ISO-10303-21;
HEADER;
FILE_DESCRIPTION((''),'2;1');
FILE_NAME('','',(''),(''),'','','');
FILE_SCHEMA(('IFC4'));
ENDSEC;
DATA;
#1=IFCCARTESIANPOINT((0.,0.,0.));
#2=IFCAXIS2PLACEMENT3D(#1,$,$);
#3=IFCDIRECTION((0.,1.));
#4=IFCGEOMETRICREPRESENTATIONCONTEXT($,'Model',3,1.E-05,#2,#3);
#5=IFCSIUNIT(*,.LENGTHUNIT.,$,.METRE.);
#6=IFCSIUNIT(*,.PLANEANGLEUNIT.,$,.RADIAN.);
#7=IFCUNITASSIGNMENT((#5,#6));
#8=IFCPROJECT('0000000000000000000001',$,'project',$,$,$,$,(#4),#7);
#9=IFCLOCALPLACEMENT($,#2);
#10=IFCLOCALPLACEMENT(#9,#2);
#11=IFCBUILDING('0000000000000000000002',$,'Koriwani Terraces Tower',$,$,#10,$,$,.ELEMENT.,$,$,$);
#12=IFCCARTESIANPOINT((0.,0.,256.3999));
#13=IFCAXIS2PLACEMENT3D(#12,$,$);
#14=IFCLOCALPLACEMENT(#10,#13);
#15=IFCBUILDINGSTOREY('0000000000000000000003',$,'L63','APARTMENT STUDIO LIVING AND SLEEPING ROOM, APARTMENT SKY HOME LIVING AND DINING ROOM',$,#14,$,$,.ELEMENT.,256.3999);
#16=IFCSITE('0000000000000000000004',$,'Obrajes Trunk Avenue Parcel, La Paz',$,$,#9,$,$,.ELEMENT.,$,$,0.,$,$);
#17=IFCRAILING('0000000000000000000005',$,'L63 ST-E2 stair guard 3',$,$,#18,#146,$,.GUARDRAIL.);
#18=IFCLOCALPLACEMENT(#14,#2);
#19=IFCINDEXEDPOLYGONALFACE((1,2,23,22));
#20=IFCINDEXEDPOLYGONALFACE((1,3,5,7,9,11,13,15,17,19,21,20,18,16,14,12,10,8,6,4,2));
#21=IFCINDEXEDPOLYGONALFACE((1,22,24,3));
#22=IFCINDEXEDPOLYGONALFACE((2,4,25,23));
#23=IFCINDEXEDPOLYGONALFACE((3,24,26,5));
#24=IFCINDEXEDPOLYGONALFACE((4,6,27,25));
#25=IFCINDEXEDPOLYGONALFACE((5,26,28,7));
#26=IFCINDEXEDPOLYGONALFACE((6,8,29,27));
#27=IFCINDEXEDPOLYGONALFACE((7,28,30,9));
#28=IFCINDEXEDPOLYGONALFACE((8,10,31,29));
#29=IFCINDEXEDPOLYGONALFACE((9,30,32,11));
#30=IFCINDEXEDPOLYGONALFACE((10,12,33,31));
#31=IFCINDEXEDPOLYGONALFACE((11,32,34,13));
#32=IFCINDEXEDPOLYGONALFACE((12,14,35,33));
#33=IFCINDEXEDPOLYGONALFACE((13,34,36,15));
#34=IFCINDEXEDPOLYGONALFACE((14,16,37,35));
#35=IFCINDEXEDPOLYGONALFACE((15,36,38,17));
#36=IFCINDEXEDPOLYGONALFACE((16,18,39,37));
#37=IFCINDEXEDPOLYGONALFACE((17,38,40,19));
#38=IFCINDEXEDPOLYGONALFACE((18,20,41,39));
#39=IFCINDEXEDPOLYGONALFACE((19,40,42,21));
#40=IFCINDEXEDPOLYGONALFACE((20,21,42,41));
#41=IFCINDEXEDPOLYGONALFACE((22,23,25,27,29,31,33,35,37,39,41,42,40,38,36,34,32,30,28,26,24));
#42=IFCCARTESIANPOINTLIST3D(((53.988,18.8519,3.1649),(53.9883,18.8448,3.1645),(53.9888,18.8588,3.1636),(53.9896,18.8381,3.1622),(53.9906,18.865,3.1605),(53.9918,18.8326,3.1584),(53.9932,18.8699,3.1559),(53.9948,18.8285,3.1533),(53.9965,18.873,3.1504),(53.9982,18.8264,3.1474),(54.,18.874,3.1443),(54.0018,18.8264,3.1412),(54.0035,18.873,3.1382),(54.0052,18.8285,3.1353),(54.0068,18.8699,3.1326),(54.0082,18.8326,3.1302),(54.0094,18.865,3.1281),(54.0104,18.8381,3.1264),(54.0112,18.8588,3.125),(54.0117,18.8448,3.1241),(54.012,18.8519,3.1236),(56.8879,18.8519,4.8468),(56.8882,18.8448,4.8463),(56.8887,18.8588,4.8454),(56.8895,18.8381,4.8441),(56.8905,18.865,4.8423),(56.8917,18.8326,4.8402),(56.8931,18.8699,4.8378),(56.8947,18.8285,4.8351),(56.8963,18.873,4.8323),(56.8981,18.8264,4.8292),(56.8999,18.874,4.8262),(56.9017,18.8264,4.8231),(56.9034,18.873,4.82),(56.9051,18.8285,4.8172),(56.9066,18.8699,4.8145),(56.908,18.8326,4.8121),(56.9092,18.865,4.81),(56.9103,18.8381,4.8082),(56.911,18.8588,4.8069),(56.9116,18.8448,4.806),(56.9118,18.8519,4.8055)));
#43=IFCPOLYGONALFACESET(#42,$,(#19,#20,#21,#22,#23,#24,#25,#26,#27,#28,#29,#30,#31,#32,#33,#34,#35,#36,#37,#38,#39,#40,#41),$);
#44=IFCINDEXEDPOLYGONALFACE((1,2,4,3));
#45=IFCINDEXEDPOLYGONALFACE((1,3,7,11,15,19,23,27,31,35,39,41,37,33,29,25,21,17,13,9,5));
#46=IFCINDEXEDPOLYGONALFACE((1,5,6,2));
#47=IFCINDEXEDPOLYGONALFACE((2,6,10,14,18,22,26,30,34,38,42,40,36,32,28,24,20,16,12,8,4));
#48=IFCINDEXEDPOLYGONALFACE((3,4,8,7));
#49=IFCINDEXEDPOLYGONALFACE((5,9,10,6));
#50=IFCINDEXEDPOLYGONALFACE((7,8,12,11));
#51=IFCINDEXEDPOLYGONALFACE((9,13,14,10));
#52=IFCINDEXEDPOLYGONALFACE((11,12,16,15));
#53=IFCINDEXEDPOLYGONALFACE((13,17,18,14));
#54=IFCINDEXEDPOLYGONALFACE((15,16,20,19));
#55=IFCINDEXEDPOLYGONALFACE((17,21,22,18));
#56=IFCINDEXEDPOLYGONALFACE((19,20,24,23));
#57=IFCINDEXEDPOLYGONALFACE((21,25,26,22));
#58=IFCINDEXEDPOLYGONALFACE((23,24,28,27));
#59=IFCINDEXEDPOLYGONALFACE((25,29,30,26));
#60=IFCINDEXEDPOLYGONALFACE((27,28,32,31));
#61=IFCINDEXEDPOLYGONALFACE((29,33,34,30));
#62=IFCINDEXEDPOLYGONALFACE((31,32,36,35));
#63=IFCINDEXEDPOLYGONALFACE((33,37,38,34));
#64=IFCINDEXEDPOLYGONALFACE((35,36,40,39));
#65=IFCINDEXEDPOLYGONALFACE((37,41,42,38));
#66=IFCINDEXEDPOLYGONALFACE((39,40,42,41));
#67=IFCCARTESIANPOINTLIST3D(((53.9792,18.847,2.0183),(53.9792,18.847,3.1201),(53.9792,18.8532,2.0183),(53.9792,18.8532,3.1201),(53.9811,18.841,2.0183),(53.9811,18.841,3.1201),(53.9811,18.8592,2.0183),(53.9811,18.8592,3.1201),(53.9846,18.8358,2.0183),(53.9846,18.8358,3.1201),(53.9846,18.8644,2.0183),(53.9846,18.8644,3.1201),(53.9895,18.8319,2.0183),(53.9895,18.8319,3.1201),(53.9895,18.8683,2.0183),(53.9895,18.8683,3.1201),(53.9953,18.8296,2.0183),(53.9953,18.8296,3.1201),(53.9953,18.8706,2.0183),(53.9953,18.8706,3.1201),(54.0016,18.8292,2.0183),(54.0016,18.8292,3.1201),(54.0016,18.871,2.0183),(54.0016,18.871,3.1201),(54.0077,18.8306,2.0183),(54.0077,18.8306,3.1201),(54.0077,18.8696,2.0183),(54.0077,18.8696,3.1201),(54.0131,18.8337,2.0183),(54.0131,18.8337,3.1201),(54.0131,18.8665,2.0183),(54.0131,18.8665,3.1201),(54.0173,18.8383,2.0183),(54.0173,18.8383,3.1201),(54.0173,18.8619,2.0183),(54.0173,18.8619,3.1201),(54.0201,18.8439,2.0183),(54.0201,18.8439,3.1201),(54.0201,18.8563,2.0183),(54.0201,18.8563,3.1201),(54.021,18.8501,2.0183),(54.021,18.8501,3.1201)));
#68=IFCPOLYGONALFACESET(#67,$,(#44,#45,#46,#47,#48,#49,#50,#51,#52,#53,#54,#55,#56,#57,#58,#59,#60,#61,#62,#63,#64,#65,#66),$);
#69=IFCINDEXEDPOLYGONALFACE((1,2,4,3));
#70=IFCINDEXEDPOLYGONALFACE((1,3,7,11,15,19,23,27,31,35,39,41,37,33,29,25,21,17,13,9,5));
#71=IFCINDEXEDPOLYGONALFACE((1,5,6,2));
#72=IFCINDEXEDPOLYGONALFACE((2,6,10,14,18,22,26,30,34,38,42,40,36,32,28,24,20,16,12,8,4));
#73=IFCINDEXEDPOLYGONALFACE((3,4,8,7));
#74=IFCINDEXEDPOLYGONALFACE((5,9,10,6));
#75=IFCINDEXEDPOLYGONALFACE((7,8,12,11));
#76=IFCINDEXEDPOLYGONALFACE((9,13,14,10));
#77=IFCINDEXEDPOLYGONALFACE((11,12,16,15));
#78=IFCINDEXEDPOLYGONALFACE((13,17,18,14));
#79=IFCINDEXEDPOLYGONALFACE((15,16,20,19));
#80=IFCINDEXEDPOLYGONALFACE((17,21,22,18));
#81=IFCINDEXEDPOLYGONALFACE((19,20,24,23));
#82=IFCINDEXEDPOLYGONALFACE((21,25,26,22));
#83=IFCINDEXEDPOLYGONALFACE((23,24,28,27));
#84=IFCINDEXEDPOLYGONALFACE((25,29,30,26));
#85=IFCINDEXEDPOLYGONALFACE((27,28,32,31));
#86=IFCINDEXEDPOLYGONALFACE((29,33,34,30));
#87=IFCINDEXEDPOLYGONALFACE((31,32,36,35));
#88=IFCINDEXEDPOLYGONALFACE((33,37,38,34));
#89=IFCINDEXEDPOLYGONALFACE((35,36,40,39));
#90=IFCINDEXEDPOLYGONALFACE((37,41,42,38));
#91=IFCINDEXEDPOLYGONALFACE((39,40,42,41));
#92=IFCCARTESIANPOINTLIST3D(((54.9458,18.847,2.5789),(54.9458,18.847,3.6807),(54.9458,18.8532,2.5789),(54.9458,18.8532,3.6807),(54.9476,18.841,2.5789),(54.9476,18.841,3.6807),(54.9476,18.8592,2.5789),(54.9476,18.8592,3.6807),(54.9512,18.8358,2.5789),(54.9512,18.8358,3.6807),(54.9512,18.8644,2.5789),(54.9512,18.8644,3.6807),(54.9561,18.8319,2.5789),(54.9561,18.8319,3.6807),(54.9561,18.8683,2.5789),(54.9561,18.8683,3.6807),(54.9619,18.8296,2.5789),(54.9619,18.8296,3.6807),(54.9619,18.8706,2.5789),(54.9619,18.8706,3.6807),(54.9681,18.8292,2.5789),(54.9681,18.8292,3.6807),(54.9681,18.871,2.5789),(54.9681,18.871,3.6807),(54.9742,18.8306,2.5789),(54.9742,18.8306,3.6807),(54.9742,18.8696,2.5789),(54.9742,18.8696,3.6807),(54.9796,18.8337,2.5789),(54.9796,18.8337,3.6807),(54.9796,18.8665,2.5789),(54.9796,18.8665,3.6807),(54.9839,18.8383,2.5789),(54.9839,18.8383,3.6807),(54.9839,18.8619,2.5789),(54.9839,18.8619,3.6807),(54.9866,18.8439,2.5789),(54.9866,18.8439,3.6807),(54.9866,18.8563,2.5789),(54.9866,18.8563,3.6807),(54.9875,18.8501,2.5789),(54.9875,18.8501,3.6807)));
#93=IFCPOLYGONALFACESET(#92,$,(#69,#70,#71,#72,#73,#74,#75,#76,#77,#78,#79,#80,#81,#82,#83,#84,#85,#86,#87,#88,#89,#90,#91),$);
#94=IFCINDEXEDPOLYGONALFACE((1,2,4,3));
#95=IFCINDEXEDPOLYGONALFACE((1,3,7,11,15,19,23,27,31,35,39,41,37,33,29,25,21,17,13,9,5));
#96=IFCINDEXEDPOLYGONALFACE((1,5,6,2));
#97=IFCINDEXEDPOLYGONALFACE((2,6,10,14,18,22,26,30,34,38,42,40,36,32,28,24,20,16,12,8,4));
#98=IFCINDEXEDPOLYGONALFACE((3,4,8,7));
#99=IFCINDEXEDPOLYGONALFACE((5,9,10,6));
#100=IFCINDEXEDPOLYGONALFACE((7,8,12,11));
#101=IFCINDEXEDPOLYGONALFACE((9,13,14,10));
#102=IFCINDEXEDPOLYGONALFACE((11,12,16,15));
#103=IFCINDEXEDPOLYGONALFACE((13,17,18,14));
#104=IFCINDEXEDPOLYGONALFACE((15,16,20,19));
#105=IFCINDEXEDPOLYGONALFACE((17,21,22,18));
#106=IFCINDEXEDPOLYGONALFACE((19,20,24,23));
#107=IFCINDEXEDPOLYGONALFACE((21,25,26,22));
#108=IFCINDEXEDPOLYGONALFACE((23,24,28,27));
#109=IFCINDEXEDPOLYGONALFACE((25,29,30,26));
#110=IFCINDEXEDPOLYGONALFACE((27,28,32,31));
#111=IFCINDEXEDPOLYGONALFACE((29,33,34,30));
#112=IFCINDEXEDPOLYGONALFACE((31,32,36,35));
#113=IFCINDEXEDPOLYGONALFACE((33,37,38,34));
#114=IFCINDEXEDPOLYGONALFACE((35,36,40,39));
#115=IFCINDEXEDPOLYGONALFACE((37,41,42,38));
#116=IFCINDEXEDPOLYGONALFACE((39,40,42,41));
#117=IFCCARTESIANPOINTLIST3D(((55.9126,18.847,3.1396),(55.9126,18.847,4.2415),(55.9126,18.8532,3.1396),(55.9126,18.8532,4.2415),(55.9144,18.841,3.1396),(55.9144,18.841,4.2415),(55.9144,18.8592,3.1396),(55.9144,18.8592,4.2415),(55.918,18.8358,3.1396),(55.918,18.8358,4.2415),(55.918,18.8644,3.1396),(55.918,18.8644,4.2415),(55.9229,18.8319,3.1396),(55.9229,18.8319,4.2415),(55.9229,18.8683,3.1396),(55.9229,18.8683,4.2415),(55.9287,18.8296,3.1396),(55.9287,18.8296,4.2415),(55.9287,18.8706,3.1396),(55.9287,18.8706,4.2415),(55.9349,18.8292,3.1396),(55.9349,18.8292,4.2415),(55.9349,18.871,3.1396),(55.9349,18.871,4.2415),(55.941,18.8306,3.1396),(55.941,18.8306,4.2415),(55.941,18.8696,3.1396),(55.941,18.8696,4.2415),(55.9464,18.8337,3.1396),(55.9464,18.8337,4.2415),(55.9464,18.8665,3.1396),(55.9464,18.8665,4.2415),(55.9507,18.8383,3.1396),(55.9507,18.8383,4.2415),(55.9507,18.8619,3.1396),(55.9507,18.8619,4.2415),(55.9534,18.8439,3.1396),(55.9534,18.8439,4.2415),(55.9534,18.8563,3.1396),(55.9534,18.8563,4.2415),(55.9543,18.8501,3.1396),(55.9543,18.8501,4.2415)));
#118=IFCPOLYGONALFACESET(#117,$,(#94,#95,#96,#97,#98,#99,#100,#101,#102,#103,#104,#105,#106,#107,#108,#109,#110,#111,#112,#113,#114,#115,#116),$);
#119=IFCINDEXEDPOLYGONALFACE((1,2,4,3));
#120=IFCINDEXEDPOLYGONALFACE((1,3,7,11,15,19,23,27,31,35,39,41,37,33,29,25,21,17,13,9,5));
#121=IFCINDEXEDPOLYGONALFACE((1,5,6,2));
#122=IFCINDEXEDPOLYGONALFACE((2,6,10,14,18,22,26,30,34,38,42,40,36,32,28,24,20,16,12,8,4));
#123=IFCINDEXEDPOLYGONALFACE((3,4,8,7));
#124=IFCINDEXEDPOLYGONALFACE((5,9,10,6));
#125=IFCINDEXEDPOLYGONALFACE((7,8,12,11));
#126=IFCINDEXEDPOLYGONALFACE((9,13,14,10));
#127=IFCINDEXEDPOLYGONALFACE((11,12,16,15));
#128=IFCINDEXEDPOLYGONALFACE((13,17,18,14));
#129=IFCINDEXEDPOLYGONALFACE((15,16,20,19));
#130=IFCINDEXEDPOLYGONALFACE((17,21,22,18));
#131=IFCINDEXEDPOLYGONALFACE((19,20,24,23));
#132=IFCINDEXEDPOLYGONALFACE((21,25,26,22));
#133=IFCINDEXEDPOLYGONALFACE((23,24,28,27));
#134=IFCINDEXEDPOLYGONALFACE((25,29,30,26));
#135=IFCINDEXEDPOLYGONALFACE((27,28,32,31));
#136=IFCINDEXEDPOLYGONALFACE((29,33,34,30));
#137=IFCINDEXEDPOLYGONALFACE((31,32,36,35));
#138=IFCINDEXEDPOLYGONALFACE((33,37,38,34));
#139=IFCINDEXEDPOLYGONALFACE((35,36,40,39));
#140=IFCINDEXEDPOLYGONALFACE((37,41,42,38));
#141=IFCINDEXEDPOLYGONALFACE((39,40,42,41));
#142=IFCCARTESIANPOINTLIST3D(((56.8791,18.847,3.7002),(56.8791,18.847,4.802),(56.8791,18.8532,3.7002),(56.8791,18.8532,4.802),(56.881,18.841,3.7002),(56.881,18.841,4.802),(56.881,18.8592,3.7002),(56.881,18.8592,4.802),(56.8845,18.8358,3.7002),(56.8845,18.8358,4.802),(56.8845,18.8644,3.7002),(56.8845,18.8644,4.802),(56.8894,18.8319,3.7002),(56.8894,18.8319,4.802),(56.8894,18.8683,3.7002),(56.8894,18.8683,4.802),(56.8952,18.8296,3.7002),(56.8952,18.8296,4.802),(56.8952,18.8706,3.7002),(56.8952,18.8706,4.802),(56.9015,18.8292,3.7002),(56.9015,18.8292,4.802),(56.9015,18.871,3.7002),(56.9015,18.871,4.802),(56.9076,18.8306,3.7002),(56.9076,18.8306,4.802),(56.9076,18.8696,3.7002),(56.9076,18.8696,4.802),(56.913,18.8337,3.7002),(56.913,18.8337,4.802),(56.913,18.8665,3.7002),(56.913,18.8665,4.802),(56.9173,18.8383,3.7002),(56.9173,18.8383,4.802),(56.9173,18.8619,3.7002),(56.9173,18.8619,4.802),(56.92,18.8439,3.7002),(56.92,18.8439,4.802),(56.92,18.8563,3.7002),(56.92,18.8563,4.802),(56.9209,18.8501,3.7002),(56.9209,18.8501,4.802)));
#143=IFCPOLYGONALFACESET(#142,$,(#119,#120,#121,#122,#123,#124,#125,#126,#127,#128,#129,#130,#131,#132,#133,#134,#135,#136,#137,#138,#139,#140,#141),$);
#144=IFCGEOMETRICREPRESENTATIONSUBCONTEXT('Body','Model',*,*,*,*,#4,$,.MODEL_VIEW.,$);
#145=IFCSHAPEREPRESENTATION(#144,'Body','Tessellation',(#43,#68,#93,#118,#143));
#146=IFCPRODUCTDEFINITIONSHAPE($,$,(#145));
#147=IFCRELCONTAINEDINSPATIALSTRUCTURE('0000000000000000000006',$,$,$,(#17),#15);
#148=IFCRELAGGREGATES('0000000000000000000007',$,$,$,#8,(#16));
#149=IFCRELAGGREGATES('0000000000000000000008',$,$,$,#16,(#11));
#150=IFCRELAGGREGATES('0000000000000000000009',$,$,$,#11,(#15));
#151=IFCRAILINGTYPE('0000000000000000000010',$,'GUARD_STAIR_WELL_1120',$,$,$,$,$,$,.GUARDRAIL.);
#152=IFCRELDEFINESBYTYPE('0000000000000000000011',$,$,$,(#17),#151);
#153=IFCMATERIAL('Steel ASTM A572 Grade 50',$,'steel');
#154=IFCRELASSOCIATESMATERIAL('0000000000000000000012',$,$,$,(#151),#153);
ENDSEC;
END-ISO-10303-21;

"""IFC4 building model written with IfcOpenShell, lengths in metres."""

from ifc_helpers import new_model, si_unit, direction, frame, origin, origin_2d, place, context, subcontext, project, spatial, circle, extrude, material, type_object, element, save


model = new_model("IFC4")

# Units and contexts
model_context = context("Model", 3, precision=1e-05, world=origin(), true_north=direction((0.0, 1.0)))
body_context = subcontext(model_context, "Body", "Model", "MODEL_VIEW")
ifc_project = project(units=[si_unit("LENGTHUNIT", "METRE"), si_unit("PLANEANGLEUNIT", "RADIAN")], contexts=[model_context])

# Site, building, storey
site_placement = place(None, origin())
site = spatial("IfcSite", under=ifc_project, at=site_placement, Name="Obrajes Trunk Avenue Parcel, La Paz", CompositionType="ELEMENT", RefElevation=0.0)
building_placement = place(site_placement, origin())
building = spatial("IfcBuilding", under=site, at=building_placement, Name="Koriwani Terraces Tower", CompositionType="ELEMENT")
storey_placement = place(building_placement, frame((0.0, 0.0, 256.3999)))
storey = spatial("IfcBuildingStorey", under=building, at=storey_placement, Name="L63", Description="APARTMENT STUDIO LIVING AND SLEEPING ROOM, APARTMENT SKY HOME LIVING AND DINING ROOM", CompositionType="ELEMENT", Elevation=256.3999)

# Shared definitions
ifc_material_1 = material(Name="Steel ASTM A572 Grade 50", Category="steel")

# Railing
railing_type_1 = type_object("IfcRailingType", Name="GUARD_STAIR_WELL_1120", PredefinedType="GUARDRAIL", material=ifc_material_1)
railing_1_placement = place(storey_placement, frame((54.0, 18.8501, 2.0183)))
element("IfcRailing", 1, at=railing_1_placement, inside=storey, type_object=railing_type_1, Name="L63 ST-E2 stair guard 3", PredefinedType="GUARDRAIL", context=body_context, shape_type="SweptSolid", body=[
    extrude(circle(Radius=0.0239, at=origin_2d()), frame((0.0, 0.0, 1.126), z_axis=(0.865039, 0.0, 0.501705), x_axis=(0.0, 1.0, 0.0)), (0.0, 0.0, 1.0), 3.3523),
    extrude(circle(Radius=0.021, at=origin_2d()), origin(), (0.0, 0.0, 1.0), 1.1018),
    extrude(circle(Radius=0.021, at=origin_2d()), frame((0.9666, 0.0, 0.5605)), (0.0, 0.0, 1.0), 1.1018),
    extrude(circle(Radius=0.021, at=origin_2d()), frame((1.9333, 0.0, 1.1213)), (0.0, 0.0, 1.0), 1.1018),
    extrude(circle(Radius=0.021, at=origin_2d()), frame((2.8999, 0.0, 1.6819)), (0.0, 0.0, 1.0), 1.1018),
])

save(model, "model.ifc")
